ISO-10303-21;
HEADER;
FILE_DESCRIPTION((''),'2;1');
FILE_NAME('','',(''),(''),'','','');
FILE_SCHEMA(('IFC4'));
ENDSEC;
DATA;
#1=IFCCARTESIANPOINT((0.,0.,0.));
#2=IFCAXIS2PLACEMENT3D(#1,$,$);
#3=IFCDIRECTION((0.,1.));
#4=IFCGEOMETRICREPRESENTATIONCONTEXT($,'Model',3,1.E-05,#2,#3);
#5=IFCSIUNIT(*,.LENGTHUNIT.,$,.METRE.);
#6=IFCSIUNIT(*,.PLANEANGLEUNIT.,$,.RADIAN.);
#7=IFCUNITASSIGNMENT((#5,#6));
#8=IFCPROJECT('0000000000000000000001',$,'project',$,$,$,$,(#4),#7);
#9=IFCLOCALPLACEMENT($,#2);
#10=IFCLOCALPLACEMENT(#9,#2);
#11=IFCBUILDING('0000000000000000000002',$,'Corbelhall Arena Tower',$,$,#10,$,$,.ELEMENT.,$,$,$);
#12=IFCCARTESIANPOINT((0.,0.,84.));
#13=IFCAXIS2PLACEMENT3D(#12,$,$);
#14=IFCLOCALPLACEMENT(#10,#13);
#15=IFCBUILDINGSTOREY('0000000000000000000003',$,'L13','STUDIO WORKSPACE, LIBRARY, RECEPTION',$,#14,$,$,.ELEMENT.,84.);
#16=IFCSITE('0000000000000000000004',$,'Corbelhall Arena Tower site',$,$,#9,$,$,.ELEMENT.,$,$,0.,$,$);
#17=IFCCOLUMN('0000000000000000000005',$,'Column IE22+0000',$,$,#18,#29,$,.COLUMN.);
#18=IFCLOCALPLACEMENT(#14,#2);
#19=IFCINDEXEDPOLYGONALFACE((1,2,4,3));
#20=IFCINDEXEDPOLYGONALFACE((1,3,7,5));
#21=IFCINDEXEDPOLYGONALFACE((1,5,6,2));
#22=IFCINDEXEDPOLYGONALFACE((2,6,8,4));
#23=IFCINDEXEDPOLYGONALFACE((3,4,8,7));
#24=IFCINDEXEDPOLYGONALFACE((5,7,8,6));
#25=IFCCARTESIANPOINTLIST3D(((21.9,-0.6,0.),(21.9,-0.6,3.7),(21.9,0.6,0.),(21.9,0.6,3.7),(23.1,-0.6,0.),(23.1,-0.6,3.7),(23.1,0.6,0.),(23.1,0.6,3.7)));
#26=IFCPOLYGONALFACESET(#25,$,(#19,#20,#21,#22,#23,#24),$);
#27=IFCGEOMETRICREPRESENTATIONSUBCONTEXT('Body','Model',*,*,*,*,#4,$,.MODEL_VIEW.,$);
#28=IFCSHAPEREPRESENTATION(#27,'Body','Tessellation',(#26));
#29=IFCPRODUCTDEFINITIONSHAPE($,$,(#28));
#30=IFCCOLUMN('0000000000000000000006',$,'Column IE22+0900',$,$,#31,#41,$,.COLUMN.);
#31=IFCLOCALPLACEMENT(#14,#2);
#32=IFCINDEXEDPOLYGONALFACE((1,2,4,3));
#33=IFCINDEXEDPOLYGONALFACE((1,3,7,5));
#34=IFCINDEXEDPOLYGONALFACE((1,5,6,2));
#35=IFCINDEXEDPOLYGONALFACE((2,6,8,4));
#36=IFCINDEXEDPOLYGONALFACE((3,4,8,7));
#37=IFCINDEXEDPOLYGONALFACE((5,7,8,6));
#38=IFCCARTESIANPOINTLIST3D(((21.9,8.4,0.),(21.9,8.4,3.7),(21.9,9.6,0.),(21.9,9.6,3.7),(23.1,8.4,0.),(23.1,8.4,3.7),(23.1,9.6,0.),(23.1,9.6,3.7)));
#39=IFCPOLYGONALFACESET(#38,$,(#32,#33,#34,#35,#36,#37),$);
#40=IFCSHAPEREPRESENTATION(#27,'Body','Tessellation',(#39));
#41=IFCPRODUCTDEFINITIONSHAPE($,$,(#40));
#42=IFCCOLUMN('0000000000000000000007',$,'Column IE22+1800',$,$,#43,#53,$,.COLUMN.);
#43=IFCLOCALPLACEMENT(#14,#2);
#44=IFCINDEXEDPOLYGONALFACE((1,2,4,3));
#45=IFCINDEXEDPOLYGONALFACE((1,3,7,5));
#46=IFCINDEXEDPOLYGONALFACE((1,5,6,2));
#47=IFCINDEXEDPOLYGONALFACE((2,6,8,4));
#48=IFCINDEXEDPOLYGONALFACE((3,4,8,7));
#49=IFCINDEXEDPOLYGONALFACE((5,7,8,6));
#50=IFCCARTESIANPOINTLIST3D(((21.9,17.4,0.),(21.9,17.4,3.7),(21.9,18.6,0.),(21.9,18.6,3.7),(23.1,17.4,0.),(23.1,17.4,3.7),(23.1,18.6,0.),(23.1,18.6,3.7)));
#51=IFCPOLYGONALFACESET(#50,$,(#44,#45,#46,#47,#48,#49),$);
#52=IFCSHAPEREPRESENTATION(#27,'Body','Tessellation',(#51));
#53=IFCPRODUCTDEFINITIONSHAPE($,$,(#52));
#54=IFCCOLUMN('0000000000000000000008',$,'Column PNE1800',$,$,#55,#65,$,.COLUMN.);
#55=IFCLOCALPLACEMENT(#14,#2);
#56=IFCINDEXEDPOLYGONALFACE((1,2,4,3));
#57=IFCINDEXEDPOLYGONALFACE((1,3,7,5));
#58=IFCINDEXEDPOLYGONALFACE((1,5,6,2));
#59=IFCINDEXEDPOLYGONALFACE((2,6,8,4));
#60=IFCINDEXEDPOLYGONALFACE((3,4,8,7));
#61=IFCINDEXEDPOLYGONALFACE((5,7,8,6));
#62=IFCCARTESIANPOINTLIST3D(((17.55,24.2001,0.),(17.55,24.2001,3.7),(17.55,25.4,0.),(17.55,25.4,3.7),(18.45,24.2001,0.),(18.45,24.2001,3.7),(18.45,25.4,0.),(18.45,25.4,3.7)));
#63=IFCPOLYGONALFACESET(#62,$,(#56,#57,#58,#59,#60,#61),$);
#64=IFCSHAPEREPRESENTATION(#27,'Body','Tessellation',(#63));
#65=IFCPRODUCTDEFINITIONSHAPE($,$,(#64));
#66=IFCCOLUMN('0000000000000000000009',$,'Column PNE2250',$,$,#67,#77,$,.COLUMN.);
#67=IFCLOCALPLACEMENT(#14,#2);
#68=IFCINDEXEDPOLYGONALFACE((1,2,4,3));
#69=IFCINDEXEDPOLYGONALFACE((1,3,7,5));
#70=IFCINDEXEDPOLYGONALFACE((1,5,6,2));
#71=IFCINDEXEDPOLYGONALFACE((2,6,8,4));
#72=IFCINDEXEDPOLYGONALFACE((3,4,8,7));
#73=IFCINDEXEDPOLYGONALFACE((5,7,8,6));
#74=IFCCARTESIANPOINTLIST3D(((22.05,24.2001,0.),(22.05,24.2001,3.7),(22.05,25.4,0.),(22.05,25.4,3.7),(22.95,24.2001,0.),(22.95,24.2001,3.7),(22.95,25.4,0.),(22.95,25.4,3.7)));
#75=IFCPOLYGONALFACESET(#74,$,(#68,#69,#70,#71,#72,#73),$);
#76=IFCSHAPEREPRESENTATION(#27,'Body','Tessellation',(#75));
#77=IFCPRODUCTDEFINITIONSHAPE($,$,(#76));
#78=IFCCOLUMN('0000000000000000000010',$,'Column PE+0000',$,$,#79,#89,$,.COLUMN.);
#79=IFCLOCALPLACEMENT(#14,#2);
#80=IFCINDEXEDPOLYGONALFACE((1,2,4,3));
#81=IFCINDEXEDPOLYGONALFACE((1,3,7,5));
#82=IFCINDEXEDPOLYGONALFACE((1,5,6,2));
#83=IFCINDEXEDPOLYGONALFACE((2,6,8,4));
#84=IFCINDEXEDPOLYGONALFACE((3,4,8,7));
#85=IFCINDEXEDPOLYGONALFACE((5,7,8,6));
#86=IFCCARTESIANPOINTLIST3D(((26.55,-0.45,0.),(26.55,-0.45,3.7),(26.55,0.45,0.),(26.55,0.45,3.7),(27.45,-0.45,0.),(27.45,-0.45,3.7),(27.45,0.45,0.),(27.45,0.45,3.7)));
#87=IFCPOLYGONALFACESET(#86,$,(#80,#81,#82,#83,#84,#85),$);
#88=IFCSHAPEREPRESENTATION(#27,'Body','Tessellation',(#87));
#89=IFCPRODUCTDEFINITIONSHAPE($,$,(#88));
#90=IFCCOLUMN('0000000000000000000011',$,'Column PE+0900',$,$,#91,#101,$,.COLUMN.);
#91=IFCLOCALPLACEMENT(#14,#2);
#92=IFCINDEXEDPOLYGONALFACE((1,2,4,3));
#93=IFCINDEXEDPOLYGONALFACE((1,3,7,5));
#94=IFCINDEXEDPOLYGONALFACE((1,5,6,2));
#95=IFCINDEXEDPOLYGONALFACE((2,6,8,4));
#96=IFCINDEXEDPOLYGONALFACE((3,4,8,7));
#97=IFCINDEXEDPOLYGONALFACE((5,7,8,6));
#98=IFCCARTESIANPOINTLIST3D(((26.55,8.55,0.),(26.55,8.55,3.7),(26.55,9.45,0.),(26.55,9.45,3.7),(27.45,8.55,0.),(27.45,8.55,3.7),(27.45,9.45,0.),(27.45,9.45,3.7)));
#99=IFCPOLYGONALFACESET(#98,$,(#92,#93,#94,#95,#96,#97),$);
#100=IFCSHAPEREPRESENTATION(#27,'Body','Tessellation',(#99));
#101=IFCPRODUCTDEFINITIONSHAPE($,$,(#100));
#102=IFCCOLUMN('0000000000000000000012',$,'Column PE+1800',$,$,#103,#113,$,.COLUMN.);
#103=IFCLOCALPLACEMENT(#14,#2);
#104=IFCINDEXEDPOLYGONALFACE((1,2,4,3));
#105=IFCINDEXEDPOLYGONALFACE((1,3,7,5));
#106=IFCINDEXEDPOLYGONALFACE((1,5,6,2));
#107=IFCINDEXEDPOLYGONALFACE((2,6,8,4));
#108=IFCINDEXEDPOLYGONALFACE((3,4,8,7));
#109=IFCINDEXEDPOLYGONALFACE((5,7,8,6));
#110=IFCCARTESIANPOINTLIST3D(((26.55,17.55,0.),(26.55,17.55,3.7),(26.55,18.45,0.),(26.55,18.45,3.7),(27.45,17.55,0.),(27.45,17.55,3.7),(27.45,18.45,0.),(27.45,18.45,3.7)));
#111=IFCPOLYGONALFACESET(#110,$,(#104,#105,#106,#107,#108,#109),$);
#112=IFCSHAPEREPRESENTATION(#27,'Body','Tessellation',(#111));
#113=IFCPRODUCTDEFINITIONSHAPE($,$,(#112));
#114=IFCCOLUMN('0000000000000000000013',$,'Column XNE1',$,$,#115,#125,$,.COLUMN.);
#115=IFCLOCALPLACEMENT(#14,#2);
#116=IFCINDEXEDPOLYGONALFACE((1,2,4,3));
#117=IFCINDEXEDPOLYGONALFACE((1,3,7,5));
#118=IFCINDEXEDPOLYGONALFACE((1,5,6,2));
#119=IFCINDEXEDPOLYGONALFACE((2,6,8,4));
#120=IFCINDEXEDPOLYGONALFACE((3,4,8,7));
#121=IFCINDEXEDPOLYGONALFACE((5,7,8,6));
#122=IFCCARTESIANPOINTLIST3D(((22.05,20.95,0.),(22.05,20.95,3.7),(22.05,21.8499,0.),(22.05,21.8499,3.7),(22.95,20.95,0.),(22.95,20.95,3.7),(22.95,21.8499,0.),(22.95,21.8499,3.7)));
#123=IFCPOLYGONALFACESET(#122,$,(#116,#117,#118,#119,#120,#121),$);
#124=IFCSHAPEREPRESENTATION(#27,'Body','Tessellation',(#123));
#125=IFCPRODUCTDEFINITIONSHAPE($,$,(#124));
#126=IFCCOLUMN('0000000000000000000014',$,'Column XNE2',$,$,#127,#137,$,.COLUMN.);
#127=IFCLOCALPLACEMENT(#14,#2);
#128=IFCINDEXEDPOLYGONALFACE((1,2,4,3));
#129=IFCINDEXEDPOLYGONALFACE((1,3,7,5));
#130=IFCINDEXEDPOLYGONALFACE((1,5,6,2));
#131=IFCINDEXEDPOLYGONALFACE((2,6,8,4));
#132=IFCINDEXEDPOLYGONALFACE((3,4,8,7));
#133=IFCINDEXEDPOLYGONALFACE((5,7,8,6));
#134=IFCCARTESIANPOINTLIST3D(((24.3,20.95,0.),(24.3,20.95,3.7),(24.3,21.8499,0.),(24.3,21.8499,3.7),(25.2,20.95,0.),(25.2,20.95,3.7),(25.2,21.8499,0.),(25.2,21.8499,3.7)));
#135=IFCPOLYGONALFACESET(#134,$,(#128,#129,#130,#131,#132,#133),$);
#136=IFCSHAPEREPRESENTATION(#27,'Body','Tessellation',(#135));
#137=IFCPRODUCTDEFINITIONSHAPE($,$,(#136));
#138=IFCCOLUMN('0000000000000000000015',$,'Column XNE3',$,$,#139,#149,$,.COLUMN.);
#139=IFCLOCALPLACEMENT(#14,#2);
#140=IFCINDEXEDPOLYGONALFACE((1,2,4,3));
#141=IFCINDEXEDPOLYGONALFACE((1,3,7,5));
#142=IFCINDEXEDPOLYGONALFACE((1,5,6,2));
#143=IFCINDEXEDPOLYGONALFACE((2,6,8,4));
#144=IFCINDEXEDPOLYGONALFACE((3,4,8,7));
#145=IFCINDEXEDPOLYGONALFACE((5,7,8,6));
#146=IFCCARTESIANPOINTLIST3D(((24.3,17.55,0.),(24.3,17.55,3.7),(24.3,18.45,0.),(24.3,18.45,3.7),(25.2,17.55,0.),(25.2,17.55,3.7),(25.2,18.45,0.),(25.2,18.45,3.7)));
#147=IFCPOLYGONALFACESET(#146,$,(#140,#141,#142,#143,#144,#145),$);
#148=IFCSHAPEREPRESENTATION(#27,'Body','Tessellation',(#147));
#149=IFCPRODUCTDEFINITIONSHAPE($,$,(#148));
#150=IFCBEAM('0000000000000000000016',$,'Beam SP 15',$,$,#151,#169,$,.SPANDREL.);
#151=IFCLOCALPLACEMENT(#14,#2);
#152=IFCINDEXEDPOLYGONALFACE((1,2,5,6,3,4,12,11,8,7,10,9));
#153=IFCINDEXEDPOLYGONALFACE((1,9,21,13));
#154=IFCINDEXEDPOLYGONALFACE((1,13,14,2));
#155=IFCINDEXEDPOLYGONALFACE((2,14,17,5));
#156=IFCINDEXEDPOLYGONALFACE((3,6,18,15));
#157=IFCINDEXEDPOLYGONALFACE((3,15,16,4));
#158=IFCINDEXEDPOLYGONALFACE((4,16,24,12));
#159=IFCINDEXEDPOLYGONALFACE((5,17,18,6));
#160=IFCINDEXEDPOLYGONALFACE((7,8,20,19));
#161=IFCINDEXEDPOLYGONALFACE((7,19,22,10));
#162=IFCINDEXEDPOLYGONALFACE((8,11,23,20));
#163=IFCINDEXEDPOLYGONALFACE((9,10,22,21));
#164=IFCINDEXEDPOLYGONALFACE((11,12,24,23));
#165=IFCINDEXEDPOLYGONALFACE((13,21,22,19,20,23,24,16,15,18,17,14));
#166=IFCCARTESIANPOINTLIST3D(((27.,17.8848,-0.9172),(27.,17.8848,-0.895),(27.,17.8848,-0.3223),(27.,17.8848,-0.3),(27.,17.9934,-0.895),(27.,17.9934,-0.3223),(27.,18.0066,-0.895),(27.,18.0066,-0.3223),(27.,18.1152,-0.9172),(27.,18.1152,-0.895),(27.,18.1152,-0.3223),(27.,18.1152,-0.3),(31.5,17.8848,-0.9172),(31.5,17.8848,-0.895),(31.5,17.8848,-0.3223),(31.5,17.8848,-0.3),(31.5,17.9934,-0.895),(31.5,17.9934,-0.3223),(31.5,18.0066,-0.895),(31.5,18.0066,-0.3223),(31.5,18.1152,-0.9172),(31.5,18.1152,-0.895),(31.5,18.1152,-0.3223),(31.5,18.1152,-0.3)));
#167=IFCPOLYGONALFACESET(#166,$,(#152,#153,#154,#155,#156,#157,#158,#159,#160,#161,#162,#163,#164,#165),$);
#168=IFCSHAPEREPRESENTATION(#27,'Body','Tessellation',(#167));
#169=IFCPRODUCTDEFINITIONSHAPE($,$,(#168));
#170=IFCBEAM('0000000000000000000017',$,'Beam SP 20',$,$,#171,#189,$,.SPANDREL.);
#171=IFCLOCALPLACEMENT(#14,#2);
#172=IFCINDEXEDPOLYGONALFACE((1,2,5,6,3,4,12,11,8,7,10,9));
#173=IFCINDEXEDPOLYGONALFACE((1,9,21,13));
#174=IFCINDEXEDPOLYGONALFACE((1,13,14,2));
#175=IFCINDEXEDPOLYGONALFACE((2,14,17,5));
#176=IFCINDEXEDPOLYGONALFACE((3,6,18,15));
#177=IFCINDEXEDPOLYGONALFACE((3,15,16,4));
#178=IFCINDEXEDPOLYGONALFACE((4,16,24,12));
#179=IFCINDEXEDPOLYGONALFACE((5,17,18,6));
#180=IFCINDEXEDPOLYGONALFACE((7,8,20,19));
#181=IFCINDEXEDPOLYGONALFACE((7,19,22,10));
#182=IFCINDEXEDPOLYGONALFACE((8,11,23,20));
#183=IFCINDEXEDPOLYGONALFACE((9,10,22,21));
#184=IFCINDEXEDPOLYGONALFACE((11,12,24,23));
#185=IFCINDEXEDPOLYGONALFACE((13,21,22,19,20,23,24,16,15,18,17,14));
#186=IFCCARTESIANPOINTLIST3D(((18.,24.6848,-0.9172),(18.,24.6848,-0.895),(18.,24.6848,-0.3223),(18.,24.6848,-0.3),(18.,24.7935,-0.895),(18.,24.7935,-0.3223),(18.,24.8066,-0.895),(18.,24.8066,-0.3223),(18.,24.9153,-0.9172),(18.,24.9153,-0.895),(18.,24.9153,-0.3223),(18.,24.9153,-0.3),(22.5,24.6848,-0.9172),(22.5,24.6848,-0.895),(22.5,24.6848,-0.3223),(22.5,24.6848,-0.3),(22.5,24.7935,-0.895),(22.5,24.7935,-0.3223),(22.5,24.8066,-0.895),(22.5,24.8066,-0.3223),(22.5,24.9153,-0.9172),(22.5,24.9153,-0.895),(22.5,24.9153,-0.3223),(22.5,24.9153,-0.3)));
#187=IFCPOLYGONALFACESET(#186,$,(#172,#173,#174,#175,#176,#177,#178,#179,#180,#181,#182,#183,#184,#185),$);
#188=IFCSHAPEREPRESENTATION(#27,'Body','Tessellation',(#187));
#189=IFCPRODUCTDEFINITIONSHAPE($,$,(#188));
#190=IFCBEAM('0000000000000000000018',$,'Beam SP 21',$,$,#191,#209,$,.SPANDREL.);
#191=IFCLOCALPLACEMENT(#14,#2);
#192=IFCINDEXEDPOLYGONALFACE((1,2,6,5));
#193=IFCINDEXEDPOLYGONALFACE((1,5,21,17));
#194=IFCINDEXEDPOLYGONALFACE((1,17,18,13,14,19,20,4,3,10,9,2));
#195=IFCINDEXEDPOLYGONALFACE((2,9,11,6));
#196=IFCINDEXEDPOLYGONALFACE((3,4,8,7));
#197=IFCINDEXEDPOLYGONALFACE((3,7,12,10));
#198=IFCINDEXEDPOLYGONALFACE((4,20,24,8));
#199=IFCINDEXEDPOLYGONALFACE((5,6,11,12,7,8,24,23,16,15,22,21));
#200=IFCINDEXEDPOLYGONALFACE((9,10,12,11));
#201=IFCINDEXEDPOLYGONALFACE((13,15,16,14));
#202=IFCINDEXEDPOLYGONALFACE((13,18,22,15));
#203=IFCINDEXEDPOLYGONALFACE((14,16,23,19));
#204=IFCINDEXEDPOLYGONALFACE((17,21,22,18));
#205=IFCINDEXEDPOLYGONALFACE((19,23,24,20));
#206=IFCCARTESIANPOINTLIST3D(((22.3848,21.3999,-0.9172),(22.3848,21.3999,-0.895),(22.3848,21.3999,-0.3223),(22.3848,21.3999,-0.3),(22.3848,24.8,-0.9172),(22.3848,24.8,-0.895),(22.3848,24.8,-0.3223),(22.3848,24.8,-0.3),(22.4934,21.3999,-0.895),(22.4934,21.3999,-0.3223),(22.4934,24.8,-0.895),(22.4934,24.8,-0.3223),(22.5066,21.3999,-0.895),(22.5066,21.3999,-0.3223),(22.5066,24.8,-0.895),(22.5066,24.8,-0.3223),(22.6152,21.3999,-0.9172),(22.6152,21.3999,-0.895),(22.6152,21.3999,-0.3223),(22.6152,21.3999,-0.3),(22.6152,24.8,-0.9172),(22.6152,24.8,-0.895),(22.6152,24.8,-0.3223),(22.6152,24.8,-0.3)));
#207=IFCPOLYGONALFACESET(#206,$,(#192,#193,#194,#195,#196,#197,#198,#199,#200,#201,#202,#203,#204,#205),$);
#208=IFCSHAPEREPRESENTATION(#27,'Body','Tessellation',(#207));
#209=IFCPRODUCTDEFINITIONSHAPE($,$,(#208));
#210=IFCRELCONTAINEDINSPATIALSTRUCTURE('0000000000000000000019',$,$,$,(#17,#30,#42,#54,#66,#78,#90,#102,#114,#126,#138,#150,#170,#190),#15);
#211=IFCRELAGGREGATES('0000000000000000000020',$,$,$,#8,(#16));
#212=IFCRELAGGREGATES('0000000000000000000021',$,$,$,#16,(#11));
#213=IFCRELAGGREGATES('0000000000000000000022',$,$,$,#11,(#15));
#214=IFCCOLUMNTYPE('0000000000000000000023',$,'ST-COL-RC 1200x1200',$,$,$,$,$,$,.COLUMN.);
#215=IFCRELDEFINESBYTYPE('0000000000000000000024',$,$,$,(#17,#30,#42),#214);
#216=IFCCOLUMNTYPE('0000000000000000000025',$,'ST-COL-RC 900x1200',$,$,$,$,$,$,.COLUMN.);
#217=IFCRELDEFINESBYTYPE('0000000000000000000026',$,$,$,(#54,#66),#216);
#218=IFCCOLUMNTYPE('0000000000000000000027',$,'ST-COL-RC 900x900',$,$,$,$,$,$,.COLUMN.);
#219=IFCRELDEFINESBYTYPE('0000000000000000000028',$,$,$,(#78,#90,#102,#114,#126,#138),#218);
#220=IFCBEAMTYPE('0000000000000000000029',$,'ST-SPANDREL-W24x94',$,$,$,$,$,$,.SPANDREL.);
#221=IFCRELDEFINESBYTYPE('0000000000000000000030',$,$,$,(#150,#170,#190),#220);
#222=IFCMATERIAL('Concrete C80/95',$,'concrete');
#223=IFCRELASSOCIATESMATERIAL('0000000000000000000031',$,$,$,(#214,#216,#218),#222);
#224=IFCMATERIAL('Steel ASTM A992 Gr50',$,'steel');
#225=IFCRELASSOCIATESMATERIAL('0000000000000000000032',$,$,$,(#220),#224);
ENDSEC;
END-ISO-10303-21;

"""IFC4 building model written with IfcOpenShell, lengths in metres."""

from ifc_helpers import new_model, si_unit, direction, frame, origin, origin_2d, place, context, subcontext, project, spatial, rectangle, i_section, extrude, material, material_profile, profile_set, type_object, element, save


model = new_model("IFC4")

# Units and contexts
model_context = context("Model", 3, precision=1e-05, world=origin(), true_north=direction((0.0, 1.0)))
body_context = subcontext(model_context, "Body", "Model", "MODEL_VIEW")
ifc_project = project(units=[si_unit("LENGTHUNIT", "METRE"), si_unit("PLANEANGLEUNIT", "RADIAN")], contexts=[model_context])

# Site, building, storey
site_placement = place(None, origin())
site = spatial("IfcSite", under=ifc_project, at=site_placement, Name="Corbelhall Arena Tower site", CompositionType="ELEMENT", RefElevation=0.0)
building_placement = place(site_placement, origin())
building = spatial("IfcBuilding", under=site, at=building_placement, Name="Corbelhall Arena Tower", CompositionType="ELEMENT")
storey_placement = place(building_placement, frame((0.0, 0.0, 84.0)))
storey = spatial("IfcBuildingStorey", under=building, at=storey_placement, Name="L13", Description="STUDIO WORKSPACE, LIBRARY, RECEPTION", CompositionType="ELEMENT", Elevation=84.0)

# Columns
ifc_material_1 = material(Name="Concrete C80/95", Category="concrete")
ifc_material_profile_1 = material_profile(ifc_material_1, rectangle(XDim=1.2, YDim=1.2, at=origin_2d()))
ifc_profile_set_1 = profile_set([ifc_material_profile_1], Name="Concrete C80/95")
column_type_1 = type_object("IfcColumnType", Name="ST-COL-RC 1200x1200", PredefinedType="COLUMN", material=ifc_profile_set_1)
for number, where, z_axis, x_axis, name in (
    (1, (22.5, 0.0, 0.0), (0.0, 0.0, 1.0), (1.0, 0.0, 0.0), "Column IE22+0000"),
    (2, (22.5, 9.0, 0.0), (0.0, 0.0, 1.0), (1.0, 0.0, 0.0), "Column IE22+0900"),
    (3, (22.5, 18.0, 0.0), (0.0, 0.0, 1.0), (1.0, 0.0, 0.0), "Column IE22+1800"),
):
    element("IfcColumn", number, at=place(storey_placement, frame(where, z_axis=z_axis, x_axis=x_axis)), inside=storey, type_object=column_type_1, Name=name, PredefinedType="COLUMN", context=body_context, shape_type="SweptSolid", body=[
        extrude(rectangle(XDim=1.2, YDim=1.2, at=origin_2d()), origin(), (0.0, 0.0, 1.0), 3.7),
    ])
ifc_material_profile_2 = material_profile(ifc_material_1, rectangle(XDim=0.8999, YDim=1.2, at=origin_2d()))
ifc_profile_set_2 = profile_set([ifc_material_profile_2], Name="Concrete C80/95")
column_type_2 = type_object("IfcColumnType", Name="ST-COL-RC 900x1200", PredefinedType="COLUMN", material=ifc_profile_set_2)
for number, where, z_axis, x_axis, name in (
    (4, (18.0, 24.8, 0.0), (0.0, 0.0, 1.0), (1.0, 0.0, 0.0), "Column PNE1800"),
    (5, (22.5, 24.8, 0.0), (0.0, 0.0, 1.0), (1.0, 0.0, 0.0), "Column PNE2250"),
):
    element("IfcColumn", number, at=place(storey_placement, frame(where, z_axis=z_axis, x_axis=x_axis)), inside=storey, type_object=column_type_2, Name=name, PredefinedType="COLUMN", context=body_context, shape_type="SweptSolid", body=[
        extrude(rectangle(XDim=0.8999, YDim=1.2, at=origin_2d()), origin(), (0.0, 0.0, 1.0), 3.7),
    ])
ifc_material_profile_3 = material_profile(ifc_material_1, rectangle(XDim=0.8999, YDim=0.8999, at=origin_2d()))
ifc_profile_set_3 = profile_set([ifc_material_profile_3], Name="Concrete C80/95")
column_type_3 = type_object("IfcColumnType", Name="ST-COL-RC 900x900", PredefinedType="COLUMN", material=ifc_profile_set_3)
for number, where, z_axis, x_axis, name in (
    (6, (27.0, 0.0, 0.0), (0.0, 0.0, 1.0), (1.0, 0.0, 0.0), "Column PE+0000"),
    (7, (27.0, 9.0, 0.0), (0.0, 0.0, 1.0), (1.0, 0.0, 0.0), "Column PE+0900"),
    (8, (27.0, 18.0, 0.0), (0.0, 0.0, 1.0), (1.0, 0.0, 0.0), "Column PE+1800"),
    (9, (22.5, 21.3999, 0.0), (0.0, 0.0, 1.0), (1.0, 0.0, 0.0), "Column XNE1"),
    (10, (24.75, 21.3999, 0.0), (0.0, 0.0, 1.0), (1.0, 0.0, 0.0), "Column XNE2"),
    (11, (24.75, 18.0, 0.0), (0.0, 0.0, 1.0), (1.0, 0.0, 0.0), "Column XNE3"),
):
    element("IfcColumn", number, at=place(storey_placement, frame(where, z_axis=z_axis, x_axis=x_axis)), inside=storey, type_object=column_type_3, Name=name, PredefinedType="COLUMN", context=body_context, shape_type="SweptSolid", body=[
        extrude(rectangle(XDim=0.8999, YDim=0.8999, at=origin_2d()), origin(), (0.0, 0.0, 1.0), 3.7),
    ])

# Beams
ifc_material_2 = material(Name="Steel ASTM A992 Gr50", Category="steel")
ifc_material_profile_4 = material_profile(ifc_material_2, i_section(OverallWidth=0.2305, OverallDepth=0.6172, WebThickness=0.0132, FlangeThickness=0.0222, at=origin_2d()))
ifc_profile_set_4 = profile_set([ifc_material_profile_4], Name="Steel ASTM A992 Gr50")
beam_type = type_object("IfcBeamType", Name="ST-SPANDREL-W24x94", PredefinedType="SPANDREL", material=ifc_profile_set_4)
for number, where, z_axis, x_axis, name in (
    (12, (27.0, 18.0, -0.6086), (1.0, 0.0, 0.0), (0.0, 1.0, 0.0), "Beam SP 15"),
    (13, (18.0, 24.8, -0.6086), (1.0, 0.0, 0.0), (0.0, 1.0, 0.0), "Beam SP 20"),
):
    element("IfcBeam", number, at=place(storey_placement, frame(where, z_axis=z_axis, x_axis=x_axis)), inside=storey, type_object=beam_type, Name=name, PredefinedType="SPANDREL", context=body_context, shape_type="SweptSolid", body=[
        extrude(i_section(OverallWidth=0.2305, OverallDepth=0.6172, WebThickness=0.0132, FlangeThickness=0.0222, at=origin_2d()), origin(), (0.0, 0.0, 1.0), 4.5),
    ])
beam_1_placement = place(storey_placement, frame((22.5, 24.8, -0.6086), z_axis=(0.0, -1.0, 0.0), x_axis=(1.0, 0.0, 0.0)))
element("IfcBeam", 14, at=beam_1_placement, inside=storey, type_object=beam_type, Name="Beam SP 21", PredefinedType="SPANDREL", context=body_context, shape_type="SweptSolid", body=[
    extrude(i_section(OverallWidth=0.2305, OverallDepth=0.6172, WebThickness=0.0132, FlangeThickness=0.0222, at=origin_2d()), origin(), (0.0, 0.0, 1.0), 3.4001),
])

save(model, "model.ifc")
